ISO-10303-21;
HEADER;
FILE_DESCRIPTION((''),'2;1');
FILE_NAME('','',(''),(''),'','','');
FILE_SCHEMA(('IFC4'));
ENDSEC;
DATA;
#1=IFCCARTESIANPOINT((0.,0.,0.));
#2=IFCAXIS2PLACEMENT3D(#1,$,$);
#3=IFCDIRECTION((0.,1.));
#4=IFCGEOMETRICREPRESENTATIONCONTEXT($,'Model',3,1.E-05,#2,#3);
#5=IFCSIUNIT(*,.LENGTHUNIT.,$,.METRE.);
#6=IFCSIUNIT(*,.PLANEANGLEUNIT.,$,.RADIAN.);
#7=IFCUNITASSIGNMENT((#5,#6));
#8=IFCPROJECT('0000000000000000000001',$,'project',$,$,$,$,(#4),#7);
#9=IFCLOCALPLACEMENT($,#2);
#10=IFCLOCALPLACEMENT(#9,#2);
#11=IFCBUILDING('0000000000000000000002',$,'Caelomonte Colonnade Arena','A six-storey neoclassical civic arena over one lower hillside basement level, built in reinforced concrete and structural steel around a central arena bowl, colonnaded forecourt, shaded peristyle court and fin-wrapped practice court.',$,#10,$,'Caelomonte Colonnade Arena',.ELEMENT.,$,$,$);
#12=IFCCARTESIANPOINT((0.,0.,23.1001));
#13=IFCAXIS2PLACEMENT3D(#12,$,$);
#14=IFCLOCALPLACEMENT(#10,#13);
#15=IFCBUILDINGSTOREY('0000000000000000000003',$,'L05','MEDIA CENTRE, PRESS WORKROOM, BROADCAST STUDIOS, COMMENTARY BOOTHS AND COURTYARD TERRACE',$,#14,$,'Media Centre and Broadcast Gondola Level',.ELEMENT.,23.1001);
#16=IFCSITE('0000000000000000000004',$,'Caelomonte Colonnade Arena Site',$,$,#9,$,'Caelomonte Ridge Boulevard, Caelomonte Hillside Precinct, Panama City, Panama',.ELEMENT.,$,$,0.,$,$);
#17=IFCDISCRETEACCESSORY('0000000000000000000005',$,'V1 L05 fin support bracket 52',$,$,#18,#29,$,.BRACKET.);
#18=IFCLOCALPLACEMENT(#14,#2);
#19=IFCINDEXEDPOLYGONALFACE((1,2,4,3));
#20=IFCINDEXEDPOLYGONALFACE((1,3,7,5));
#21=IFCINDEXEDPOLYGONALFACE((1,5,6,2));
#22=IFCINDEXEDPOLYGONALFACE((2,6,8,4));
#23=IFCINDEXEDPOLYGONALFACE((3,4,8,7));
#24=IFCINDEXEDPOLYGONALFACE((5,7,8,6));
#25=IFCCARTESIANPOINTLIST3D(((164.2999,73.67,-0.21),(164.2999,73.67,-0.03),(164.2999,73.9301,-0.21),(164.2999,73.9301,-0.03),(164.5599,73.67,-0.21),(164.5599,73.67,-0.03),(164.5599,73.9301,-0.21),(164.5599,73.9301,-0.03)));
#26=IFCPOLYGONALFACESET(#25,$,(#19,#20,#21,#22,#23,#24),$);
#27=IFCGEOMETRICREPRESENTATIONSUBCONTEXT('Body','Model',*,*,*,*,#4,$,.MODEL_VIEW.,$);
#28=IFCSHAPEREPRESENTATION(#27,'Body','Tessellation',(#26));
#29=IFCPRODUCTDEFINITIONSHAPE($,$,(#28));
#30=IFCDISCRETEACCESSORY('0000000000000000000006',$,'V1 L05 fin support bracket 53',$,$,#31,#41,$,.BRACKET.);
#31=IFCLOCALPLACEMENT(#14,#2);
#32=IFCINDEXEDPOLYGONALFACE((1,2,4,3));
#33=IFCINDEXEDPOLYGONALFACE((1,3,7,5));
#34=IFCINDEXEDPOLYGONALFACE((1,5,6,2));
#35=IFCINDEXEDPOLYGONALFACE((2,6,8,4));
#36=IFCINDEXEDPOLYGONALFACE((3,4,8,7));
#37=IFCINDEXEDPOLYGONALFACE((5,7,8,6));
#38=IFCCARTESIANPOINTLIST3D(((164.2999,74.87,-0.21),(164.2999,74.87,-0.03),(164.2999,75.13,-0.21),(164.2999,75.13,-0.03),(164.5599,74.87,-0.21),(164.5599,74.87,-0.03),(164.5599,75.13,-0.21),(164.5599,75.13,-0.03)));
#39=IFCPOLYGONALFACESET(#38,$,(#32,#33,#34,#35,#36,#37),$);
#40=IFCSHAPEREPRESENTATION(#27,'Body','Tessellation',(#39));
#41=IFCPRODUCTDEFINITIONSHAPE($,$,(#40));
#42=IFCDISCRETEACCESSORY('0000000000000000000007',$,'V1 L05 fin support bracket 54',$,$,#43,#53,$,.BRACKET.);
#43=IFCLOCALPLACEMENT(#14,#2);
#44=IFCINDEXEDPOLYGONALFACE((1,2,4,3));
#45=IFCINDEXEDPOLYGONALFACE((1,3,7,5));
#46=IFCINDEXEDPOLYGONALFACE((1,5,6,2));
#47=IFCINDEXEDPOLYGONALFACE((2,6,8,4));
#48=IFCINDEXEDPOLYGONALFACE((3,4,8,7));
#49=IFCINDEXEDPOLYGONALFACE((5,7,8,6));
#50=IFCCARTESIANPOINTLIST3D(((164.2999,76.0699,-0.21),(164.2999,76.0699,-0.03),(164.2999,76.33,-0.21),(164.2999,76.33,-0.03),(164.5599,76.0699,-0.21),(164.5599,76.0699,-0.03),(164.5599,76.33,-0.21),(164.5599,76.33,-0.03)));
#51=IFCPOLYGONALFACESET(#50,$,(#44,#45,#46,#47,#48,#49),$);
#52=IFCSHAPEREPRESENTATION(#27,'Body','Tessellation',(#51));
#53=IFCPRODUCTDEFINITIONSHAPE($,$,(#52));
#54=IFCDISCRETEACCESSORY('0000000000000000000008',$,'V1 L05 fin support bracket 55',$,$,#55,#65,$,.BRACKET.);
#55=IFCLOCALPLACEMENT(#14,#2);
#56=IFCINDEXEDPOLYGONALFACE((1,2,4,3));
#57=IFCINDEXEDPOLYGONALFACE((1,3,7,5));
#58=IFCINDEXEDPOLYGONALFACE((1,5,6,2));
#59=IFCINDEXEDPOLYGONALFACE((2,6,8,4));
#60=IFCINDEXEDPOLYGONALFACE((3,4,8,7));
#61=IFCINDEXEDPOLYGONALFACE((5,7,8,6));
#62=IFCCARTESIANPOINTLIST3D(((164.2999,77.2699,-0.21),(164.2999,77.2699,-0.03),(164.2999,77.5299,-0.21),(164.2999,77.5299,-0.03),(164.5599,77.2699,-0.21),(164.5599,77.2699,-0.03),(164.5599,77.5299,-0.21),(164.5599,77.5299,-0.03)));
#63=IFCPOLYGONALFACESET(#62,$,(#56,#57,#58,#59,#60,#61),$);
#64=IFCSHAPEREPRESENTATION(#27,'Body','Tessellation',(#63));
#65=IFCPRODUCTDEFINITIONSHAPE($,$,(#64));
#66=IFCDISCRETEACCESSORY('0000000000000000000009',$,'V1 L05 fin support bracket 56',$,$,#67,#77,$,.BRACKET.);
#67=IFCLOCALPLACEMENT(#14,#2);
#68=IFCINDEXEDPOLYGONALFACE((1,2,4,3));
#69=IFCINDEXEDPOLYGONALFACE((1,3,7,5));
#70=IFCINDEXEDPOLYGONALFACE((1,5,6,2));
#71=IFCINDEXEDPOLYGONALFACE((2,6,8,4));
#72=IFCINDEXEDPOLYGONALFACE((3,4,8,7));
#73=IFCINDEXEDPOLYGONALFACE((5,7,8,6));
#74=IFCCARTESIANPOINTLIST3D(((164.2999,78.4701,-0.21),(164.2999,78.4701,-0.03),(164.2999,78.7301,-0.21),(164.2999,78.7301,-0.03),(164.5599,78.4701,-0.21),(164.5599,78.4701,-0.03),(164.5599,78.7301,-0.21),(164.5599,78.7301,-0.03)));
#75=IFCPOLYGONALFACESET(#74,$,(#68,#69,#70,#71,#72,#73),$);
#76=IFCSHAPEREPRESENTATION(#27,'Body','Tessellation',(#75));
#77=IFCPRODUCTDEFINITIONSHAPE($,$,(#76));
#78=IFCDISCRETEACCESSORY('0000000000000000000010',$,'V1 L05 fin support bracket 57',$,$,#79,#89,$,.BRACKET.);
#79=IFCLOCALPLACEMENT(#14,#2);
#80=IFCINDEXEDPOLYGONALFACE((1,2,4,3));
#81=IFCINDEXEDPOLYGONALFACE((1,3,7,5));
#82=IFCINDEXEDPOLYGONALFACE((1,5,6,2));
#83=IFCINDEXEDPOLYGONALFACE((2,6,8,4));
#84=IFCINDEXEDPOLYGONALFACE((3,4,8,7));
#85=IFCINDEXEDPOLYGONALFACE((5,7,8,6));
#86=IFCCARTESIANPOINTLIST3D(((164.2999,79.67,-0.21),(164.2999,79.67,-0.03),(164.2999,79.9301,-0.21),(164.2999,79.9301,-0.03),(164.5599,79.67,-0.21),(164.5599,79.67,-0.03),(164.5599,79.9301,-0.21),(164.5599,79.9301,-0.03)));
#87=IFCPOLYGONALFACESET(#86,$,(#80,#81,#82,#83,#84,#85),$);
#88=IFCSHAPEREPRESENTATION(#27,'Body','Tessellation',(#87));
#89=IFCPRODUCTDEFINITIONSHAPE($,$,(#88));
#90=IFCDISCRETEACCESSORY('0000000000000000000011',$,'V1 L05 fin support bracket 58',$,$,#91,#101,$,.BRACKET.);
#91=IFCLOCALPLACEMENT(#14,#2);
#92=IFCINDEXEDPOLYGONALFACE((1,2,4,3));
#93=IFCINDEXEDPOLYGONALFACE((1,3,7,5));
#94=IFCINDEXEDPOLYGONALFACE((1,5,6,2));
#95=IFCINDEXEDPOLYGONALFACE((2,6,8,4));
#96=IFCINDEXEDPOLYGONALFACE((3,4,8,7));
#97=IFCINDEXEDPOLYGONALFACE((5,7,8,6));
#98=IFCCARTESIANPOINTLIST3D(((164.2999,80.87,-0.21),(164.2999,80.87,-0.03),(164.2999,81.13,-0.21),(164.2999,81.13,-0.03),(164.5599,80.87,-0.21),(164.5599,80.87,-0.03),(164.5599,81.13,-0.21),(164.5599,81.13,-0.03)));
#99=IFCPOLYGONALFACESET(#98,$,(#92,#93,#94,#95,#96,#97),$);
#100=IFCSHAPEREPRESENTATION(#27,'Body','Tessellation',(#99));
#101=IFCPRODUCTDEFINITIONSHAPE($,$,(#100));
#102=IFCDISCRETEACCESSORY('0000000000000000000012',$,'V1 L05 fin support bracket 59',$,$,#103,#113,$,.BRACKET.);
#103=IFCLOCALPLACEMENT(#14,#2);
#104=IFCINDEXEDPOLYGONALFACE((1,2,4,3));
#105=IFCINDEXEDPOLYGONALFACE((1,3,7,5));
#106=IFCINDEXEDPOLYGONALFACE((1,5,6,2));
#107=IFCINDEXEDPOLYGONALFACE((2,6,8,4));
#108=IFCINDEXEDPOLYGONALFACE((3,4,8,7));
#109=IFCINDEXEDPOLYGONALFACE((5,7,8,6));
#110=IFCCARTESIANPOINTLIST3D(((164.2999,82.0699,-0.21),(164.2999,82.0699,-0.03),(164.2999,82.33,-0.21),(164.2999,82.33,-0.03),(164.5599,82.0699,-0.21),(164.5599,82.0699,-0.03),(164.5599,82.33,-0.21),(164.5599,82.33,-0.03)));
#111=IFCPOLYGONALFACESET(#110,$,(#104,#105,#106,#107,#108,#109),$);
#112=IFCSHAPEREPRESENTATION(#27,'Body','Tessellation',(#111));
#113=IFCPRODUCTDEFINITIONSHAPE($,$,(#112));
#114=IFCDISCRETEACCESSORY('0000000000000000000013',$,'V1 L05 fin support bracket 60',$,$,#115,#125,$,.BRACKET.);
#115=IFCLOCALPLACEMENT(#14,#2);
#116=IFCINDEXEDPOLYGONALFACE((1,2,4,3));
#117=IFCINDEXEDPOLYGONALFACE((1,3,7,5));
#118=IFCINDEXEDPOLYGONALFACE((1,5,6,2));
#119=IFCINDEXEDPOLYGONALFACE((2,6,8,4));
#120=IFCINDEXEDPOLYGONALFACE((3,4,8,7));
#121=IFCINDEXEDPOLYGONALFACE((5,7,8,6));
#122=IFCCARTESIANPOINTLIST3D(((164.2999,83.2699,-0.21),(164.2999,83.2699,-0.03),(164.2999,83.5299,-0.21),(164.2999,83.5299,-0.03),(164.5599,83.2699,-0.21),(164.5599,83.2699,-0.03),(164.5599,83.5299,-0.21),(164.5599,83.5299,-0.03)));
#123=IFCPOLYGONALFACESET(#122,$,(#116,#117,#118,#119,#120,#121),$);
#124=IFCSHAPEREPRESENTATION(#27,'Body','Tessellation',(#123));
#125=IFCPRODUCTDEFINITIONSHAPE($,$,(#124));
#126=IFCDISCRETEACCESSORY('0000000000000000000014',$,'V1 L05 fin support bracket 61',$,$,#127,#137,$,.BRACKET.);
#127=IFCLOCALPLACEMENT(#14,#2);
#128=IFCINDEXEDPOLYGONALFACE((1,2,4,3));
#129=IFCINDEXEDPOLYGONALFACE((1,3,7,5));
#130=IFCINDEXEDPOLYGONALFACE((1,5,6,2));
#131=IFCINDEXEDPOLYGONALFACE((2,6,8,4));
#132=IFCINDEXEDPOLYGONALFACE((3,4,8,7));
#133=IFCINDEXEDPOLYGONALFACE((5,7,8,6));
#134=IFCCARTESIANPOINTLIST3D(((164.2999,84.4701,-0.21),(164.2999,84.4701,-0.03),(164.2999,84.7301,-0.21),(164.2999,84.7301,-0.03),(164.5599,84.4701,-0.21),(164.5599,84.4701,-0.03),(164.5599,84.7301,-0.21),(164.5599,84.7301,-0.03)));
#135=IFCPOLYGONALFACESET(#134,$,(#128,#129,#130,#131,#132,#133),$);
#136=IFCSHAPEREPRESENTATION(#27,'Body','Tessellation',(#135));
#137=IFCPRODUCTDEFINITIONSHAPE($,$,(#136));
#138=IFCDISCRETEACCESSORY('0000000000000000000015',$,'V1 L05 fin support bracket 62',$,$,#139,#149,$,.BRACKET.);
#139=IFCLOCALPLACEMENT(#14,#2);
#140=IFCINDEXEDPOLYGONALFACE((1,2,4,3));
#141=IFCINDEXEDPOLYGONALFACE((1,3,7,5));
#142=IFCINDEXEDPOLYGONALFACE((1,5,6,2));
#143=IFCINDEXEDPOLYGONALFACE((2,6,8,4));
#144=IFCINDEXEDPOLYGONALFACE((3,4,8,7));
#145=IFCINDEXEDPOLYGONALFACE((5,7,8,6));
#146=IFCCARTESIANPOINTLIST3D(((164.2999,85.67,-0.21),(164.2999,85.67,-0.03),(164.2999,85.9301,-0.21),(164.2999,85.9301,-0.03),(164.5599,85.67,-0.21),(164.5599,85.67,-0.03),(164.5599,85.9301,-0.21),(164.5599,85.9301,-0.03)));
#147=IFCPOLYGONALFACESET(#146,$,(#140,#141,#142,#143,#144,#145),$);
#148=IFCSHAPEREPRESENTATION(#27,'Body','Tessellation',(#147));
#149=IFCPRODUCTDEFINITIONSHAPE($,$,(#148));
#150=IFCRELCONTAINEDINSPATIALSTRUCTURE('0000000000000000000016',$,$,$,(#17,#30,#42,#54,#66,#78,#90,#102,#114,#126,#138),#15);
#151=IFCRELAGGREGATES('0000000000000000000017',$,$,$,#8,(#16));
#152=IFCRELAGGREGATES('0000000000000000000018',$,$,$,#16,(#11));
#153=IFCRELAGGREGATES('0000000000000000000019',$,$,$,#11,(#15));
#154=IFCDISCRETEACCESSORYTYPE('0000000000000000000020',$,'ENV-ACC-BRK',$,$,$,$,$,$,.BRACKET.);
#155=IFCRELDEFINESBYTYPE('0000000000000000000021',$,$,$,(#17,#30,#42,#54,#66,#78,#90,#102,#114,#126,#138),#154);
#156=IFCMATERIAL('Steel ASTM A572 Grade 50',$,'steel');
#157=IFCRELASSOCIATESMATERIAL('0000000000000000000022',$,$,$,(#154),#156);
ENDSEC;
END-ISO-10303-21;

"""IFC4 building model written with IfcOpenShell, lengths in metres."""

from ifc_helpers import new_model, si_unit, direction, frame, origin, origin_2d, place, context, subcontext, project, spatial, rectangle, extrude, material, type_object, element, save


model = new_model("IFC4")

# Units and contexts
model_context = context("Model", 3, precision=1e-05, world=origin(), true_north=direction((0.0, 1.0)))
body_context = subcontext(model_context, "Body", "Model", "MODEL_VIEW")
ifc_project = project(units=[si_unit("LENGTHUNIT", "METRE"), si_unit("PLANEANGLEUNIT", "RADIAN")], contexts=[model_context])

# Site, building, storey
site_placement = place(None, origin())
site = spatial("IfcSite", under=ifc_project, at=site_placement, Name="Caelomonte Colonnade Arena Site", LongName="Caelomonte Ridge Boulevard, Caelomonte Hillside Precinct, Panama City, Panama", CompositionType="ELEMENT", RefElevation=0.0)
building_placement = place(site_placement, origin())
building = spatial("IfcBuilding", under=site, at=building_placement, Name="Caelomonte Colonnade Arena", Description="A six-storey neoclassical civic arena over one lower hillside basement level, built in reinforced concrete and structural steel around a central arena bowl, colonnaded forecourt, shaded peristyle court and fin-wrapped practice court.", LongName="Caelomonte Colonnade Arena", CompositionType="ELEMENT")
storey_placement = place(building_placement, frame((0.0, 0.0, 23.1001)))
storey = spatial("IfcBuildingStorey", under=building, at=storey_placement, Name="L05", Description="MEDIA CENTRE, PRESS WORKROOM, BROADCAST STUDIOS, COMMENTARY BOOTHS AND COURTYARD TERRACE", LongName="Media Centre and Broadcast Gondola Level", CompositionType="ELEMENT", Elevation=23.1001)

# Discrete accessories
ifc_material_1 = material(Name="Steel ASTM A572 Grade 50", Category="steel")
discrete_accessory_type = type_object("IfcDiscreteAccessoryType", Name="ENV-ACC-BRK", PredefinedType="BRACKET", material=ifc_material_1)
for number, where, z_axis, x_axis, name in (
    (1, (164.4299, 73.8, -0.21), (0.0, 0.0, 1.0), (0.0, 1.0, 0.0), "V1 L05 fin support bracket 52"),
    (2, (164.4299, 75.0, -0.21), (0.0, 0.0, 1.0), (0.0, 1.0, 0.0), "V1 L05 fin support bracket 53"),
    (3, (164.4299, 76.2, -0.21), (0.0, 0.0, 1.0), (0.0, 1.0, 0.0), "V1 L05 fin support bracket 54"),
    (4, (164.4299, 77.3999, -0.21), (0.0, 0.0, 1.0), (0.0, 1.0, 0.0), "V1 L05 fin support bracket 55"),
    (5, (164.4299, 78.6001, -0.21), (0.0, 0.0, 1.0), (0.0, 1.0, 0.0), "V1 L05 fin support bracket 56"),
    (6, (164.4299, 79.8, -0.21), (0.0, 0.0, 1.0), (0.0, 1.0, 0.0), "V1 L05 fin support bracket 57"),
    (7, (164.4299, 81.0, -0.21), (0.0, 0.0, 1.0), (0.0, 1.0, 0.0), "V1 L05 fin support bracket 58"),
    (8, (164.4299, 82.2, -0.21), (0.0, 0.0, 1.0), (0.0, 1.0, 0.0), "V1 L05 fin support bracket 59"),
    (9, (164.4299, 83.3999, -0.21), (0.0, 0.0, 1.0), (0.0, 1.0, 0.0), "V1 L05 fin support bracket 60"),
    (10, (164.4299, 84.6001, -0.21), (0.0, 0.0, 1.0), (0.0, 1.0, 0.0), "V1 L05 fin support bracket 61"),
    (11, (164.4299, 85.8, -0.21), (0.0, 0.0, 1.0), (0.0, 1.0, 0.0), "V1 L05 fin support bracket 62"),
):
    element("IfcDiscreteAccessory", number, at=place(storey_placement, frame(where, z_axis=z_axis, x_axis=x_axis)), inside=storey, type_object=discrete_accessory_type, Name=name, PredefinedType="BRACKET", context=body_context, shape_type="SweptSolid", body=[
        extrude(rectangle(XDim=0.26, YDim=0.26, at=origin_2d()), origin(), (0.0, 0.0, 1.0), 0.1799),
    ])

save(model, "model.ifc")
